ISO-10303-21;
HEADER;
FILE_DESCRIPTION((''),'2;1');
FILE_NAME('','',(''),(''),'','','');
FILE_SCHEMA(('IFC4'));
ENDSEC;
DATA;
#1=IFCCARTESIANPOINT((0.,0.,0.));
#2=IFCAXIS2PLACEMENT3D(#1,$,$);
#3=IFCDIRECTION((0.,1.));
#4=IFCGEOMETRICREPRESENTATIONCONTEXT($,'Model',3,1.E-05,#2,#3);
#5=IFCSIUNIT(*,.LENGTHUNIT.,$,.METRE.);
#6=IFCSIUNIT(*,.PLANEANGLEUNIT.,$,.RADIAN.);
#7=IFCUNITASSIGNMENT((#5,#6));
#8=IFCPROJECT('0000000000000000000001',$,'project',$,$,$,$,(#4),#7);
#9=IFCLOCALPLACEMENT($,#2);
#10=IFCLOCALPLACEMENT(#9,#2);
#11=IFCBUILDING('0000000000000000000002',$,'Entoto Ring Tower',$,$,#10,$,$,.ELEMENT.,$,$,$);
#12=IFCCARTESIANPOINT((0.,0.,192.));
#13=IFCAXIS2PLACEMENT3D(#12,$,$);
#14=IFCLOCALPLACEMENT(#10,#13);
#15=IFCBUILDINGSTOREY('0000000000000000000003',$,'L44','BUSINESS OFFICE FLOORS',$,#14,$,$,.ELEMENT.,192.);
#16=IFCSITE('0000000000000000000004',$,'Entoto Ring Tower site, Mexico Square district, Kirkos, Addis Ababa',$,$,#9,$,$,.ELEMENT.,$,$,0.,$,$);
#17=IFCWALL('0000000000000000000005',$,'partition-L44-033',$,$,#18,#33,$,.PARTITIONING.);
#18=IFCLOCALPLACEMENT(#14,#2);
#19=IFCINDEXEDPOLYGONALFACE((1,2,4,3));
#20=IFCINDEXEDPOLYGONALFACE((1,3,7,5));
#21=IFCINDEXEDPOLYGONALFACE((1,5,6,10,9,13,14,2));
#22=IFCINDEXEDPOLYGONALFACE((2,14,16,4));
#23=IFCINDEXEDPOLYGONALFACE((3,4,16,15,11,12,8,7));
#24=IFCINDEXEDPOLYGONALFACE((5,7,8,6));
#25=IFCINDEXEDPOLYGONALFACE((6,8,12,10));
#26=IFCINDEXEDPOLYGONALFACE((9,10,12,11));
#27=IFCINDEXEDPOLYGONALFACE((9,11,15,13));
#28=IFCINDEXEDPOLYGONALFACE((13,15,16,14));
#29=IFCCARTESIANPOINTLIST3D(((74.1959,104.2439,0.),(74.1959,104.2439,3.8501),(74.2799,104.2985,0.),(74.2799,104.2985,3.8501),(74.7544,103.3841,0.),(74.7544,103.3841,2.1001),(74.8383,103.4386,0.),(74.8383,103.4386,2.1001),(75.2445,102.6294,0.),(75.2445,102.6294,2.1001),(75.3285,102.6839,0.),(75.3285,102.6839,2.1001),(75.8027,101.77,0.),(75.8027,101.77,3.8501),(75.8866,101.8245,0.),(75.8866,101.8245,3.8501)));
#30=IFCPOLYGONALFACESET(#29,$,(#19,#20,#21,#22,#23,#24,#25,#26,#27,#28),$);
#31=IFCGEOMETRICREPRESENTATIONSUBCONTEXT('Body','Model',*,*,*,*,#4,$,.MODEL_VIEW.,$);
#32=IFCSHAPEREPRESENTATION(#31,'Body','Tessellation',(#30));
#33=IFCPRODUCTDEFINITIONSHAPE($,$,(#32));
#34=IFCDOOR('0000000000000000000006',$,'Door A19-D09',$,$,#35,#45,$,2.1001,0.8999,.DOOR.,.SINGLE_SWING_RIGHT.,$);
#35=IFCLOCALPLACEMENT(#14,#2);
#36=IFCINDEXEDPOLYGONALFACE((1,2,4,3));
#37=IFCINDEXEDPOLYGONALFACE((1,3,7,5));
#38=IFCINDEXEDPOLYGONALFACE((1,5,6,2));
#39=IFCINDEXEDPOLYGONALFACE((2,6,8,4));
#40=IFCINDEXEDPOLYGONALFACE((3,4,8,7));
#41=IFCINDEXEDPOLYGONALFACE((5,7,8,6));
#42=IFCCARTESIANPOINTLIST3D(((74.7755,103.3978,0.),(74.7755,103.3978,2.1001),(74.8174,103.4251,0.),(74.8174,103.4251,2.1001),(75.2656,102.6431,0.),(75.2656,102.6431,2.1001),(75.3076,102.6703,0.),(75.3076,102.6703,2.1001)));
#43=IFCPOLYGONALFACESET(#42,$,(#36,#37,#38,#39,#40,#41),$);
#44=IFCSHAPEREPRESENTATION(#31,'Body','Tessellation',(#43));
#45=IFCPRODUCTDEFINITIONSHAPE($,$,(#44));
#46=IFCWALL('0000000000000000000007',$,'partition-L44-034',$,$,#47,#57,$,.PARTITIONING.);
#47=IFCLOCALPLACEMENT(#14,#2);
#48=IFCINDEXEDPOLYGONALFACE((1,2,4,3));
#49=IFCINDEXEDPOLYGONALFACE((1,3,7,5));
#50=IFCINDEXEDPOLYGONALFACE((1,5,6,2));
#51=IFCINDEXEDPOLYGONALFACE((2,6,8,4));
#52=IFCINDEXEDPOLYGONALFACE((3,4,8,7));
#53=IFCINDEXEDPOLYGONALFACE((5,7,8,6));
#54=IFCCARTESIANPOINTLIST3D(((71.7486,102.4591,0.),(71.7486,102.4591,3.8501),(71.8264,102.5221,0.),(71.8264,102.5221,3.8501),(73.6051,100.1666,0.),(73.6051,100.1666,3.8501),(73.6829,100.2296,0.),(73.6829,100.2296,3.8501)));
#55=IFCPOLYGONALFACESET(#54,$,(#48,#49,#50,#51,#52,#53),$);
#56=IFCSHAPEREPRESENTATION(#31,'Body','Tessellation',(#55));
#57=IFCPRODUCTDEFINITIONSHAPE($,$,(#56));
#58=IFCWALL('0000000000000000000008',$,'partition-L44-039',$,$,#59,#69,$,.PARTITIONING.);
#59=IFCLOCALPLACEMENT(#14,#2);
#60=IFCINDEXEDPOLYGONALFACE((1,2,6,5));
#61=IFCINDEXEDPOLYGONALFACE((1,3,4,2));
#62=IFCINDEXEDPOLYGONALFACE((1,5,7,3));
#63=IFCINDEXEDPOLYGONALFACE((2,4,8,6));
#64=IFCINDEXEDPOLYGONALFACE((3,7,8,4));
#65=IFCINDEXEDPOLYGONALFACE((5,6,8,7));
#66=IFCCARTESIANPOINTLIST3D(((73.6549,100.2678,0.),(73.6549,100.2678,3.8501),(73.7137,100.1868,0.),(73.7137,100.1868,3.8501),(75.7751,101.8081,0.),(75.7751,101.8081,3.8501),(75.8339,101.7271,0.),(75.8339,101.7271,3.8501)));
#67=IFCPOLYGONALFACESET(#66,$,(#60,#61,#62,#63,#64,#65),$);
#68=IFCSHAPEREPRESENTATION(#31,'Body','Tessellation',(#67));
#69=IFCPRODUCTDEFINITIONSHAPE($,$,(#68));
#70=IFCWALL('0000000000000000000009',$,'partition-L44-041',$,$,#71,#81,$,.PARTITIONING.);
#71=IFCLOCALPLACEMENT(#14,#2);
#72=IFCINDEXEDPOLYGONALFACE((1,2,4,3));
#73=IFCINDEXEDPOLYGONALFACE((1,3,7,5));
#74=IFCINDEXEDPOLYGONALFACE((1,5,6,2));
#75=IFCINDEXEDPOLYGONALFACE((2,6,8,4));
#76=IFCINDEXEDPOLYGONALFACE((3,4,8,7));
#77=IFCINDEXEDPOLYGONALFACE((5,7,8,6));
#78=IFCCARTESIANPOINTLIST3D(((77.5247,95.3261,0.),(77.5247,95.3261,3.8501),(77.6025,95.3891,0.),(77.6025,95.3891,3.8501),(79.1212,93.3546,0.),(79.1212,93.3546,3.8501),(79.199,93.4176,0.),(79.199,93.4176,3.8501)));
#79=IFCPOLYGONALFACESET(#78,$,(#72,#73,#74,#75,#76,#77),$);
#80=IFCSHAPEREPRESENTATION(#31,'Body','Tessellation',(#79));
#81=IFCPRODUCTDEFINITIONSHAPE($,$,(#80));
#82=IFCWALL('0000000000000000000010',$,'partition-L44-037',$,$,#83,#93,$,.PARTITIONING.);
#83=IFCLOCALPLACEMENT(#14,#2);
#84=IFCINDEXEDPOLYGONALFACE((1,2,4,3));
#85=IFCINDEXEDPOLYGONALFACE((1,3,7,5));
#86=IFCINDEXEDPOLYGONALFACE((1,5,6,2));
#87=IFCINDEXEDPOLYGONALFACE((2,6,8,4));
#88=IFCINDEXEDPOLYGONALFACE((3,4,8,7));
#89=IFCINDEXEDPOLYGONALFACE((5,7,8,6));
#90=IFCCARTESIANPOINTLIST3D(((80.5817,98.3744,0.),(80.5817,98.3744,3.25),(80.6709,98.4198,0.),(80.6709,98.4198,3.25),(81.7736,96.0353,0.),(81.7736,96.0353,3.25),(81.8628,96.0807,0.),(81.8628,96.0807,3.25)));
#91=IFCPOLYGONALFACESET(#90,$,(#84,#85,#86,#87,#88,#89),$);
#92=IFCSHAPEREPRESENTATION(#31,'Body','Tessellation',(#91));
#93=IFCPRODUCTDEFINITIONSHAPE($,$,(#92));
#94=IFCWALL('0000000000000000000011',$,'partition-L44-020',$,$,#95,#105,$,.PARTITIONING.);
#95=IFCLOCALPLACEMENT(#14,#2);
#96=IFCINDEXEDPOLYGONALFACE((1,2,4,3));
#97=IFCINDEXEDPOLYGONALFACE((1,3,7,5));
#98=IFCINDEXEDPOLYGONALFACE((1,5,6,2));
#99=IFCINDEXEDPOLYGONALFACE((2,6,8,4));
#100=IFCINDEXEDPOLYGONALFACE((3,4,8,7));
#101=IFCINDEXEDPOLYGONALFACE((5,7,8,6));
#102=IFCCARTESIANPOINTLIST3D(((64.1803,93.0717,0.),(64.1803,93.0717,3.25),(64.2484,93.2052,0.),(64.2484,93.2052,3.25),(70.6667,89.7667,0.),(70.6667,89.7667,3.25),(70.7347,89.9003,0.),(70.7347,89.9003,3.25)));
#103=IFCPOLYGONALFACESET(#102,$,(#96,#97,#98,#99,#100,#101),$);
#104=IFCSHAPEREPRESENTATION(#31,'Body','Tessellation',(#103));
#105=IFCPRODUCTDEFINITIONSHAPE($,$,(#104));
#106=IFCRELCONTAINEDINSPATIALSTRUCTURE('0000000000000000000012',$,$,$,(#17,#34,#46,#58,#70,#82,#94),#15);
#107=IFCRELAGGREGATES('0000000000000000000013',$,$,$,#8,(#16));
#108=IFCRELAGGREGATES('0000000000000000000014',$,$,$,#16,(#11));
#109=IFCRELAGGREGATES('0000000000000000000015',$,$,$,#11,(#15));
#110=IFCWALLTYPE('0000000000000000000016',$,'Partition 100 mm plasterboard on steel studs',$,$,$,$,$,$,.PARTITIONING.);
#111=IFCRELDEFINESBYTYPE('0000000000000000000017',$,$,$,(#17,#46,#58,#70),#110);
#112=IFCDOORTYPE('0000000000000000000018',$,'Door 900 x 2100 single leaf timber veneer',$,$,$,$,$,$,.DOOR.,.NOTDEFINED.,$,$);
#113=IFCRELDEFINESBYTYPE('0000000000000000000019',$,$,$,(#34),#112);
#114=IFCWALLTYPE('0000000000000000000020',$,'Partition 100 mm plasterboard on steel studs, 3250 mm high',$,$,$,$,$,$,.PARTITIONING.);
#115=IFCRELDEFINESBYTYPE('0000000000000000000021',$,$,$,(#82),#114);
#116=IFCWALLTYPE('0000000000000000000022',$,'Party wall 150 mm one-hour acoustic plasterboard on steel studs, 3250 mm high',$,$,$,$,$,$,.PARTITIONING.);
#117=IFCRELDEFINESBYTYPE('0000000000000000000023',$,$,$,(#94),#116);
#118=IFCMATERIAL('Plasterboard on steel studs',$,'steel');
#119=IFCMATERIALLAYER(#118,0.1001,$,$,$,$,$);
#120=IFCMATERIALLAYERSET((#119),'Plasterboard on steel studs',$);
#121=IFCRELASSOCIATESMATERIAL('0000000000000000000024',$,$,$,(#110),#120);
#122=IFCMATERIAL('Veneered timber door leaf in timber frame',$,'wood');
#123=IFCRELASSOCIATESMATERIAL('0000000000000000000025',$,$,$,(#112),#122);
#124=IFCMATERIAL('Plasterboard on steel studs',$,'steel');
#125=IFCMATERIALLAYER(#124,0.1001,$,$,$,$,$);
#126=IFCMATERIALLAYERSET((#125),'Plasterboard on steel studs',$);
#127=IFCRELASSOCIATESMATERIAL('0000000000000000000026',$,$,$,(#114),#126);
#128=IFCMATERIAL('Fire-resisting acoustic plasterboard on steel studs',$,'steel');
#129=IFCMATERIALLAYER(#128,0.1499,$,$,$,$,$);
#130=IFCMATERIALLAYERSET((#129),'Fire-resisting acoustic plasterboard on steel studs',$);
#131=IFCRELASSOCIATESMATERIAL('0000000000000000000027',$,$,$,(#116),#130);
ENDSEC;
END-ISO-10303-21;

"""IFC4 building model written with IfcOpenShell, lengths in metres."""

from ifc_helpers import new_model, si_unit, direction, frame, frame_2d, origin, place, context, subcontext, project, spatial, rectangle, extrude, material, layer, layer_set, type_object, element, fill, save


model = new_model("IFC4")

# Units and contexts
model_context = context("Model", 3, precision=1e-05, world=origin(), true_north=direction((0.0, 1.0)))
body_context = subcontext(model_context, "Body", "Model", "MODEL_VIEW")
ifc_project = project(units=[si_unit("LENGTHUNIT", "METRE"), si_unit("PLANEANGLEUNIT", "RADIAN")], contexts=[model_context])

# Site, building, storey
site_placement = place(None, origin())
site = spatial("IfcSite", under=ifc_project, at=site_placement, Name="Entoto Ring Tower site, Mexico Square district, Kirkos, Addis Ababa", CompositionType="ELEMENT", RefElevation=0.0)
building_placement = place(site_placement, origin())
building = spatial("IfcBuilding", under=site, at=building_placement, Name="Entoto Ring Tower", CompositionType="ELEMENT")
storey_placement = place(building_placement, frame((0.0, 0.0, 192.0)))
storey = spatial("IfcBuildingStorey", under=building, at=storey_placement, Name="L44", Description="BUSINESS OFFICE FLOORS", CompositionType="ELEMENT", Elevation=192.0)

# Wall, opening, door
ifc_material_1 = material(Name="Plasterboard on steel studs", Category="steel")
ifc_layer_1 = layer(ifc_material_1, 0.1001)
ifc_layer_set_1 = layer_set([ifc_layer_1], Name="Plasterboard on steel studs")
wall_type_1 = type_object("IfcWallType", Name="Partition 100 mm plasterboard on steel studs", PredefinedType="PARTITIONING", material=ifc_layer_set_1)
ifc_material_2 = material(Name="Veneered timber door leaf in timber frame", Category="wood")
door_type_1 = type_object("IfcDoorType", Name="Door 900 x 2100 single leaf timber veneer", OperationType="NOTDEFINED", PredefinedType="DOOR", material=ifc_material_2)
wall_1_placement = place(storey_placement, frame((75.8447, 101.7971, 0.0), z_axis=(0.0, 0.0, 1.0), x_axis=(-0.544671, 0.83865, 0.0)))
wall_1 = element("IfcWall", 1, at=wall_1_placement, inside=storey, type_object=wall_type_1, Name="partition-L44-033", PredefinedType="PARTITIONING", context=body_context, shape_type="SweptSolid", body=[
    extrude(rectangle(XDim=2.95, YDim=0.1001, at=frame_2d((1.4751, 0.0))), origin(), (0.0, 0.0, 1.0), 3.8501),
])
opening_1_placement = place(wall_1_placement, frame((1.0249, 0.0, 0.0)))
opening_1 = element("IfcOpeningElement", 2, at=opening_1_placement, cuts=wall_1, PredefinedType="OPENING", context=body_context, shape_type="SweptSolid", body=[
    extrude(rectangle(XDim=0.8999, YDim=2.1001, at=frame_2d((0.45, 1.05))), frame((0.0, 0.0601, 0.0), z_axis=(0.0, -1.0, 0.0), x_axis=(1.0, 0.0, 0.0)), (0.0, 0.0, 1.0), 0.1201),
])
door_1_placement = place(opening_1_placement, origin())
door_1 = element("IfcDoor", 3, at=door_1_placement, inside=storey, type_object=door_type_1, Name="Door A19-D09", OperationType="SINGLE_SWING_RIGHT", OverallHeight=2.1001, OverallWidth=0.8999, PredefinedType="DOOR", context=body_context, shape_type="SweptSolid", body=[
    extrude(rectangle(XDim=0.8999, YDim=2.1001, at=frame_2d((0.45, 1.05))), frame((0.0, 0.0249, 0.0), z_axis=(0.0, -1.0, 0.0), x_axis=(1.0, 0.0, 0.0)), (0.0, 0.0, 1.0), 0.05),
])
fill(opening_1, door_1)

# Walls
wall_2_placement = place(storey_placement, frame((73.644, 100.198, 0.0), z_axis=(0.0, 0.0, 1.0), x_axis=(-0.629327, 0.777141, 0.0)))
element("IfcWall", 4, at=wall_2_placement, inside=storey, type_object=wall_type_1, Name="partition-L44-034", PredefinedType="PARTITIONING", context=body_context, shape_type="SweptSolid", body=[
    extrude(rectangle(XDim=2.95, YDim=0.1001, at=frame_2d((1.4751, 0.0))), origin(), (0.0, 0.0, 1.0), 3.8501),
])
wall_3_placement = place(storey_placement, frame((73.6843, 100.2273, 0.0), z_axis=(0.0, 0.0, 1.0), x_axis=(0.80903, 0.587767, 0.0)))
element("IfcWall", 5, at=wall_3_placement, inside=storey, type_object=wall_type_1, Name="partition-L44-039", PredefinedType="PARTITIONING", context=body_context, shape_type="SweptSolid", body=[
    extrude(rectangle(XDim=2.6206, YDim=0.1001, at=frame_2d((1.3103, 0.0))), origin(), (0.0, 0.0, 1.0), 3.8501),
])
wall_4_placement = place(storey_placement, frame((79.1602, 93.386, 0.0), z_axis=(0.0, 0.0, 1.0), x_axis=(-0.62932, 0.777146, 0.0)))
element("IfcWall", 6, at=wall_4_placement, inside=storey, type_object=wall_type_1, Name="partition-L44-041", PredefinedType="PARTITIONING", context=body_context, shape_type="SweptSolid", body=[
    extrude(rectangle(XDim=2.5369, YDim=0.1001, at=frame_2d((1.2686, 0.0))), origin(), (0.0, 0.0, 1.0), 3.8501),
])
ifc_material_3 = material(Name="Plasterboard on steel studs", Category="steel")
ifc_layer_2 = layer(ifc_material_3, 0.1001)
ifc_layer_set_2 = layer_set([ifc_layer_2], Name="Plasterboard on steel studs")
wall_type_2 = type_object("IfcWallType", Name="Partition 100 mm plasterboard on steel studs, 3250 mm high", PredefinedType="PARTITIONING", material=ifc_layer_set_2)
wall_5_placement = place(storey_placement, frame((81.8181, 96.0581, 0.0), z_axis=(0.0, 0.0, 1.0), x_axis=(-0.454008, 0.890998, 0.0)))
element("IfcWall", 7, at=wall_5_placement, inside=storey, type_object=wall_type_2, Name="partition-L44-037", PredefinedType="PARTITIONING", context=body_context, shape_type="SweptSolid", body=[
    extrude(rectangle(XDim=2.6252, YDim=0.1001, at=frame_2d((1.3125, 0.0))), origin(), (0.0, 0.0, 1.0), 3.25),
])
ifc_material_4 = material(Name="Fire-resisting acoustic plasterboard on steel studs", Category="steel")
ifc_layer_3 = layer(ifc_material_4, 0.1499)
ifc_layer_set_3 = layer_set([ifc_layer_3], Name="Fire-resisting acoustic plasterboard on steel studs")
wall_type_3 = type_object("IfcWallType", Name="Party wall 150 mm one-hour acoustic plasterboard on steel studs, 3250 mm high", PredefinedType="PARTITIONING", material=ifc_layer_set_3)
wall_6_placement = place(storey_placement, frame((70.7007, 89.8335, 0.0), z_axis=(0.0, 0.0, 1.0), x_axis=(-0.891008, 0.453989, 0.0)))
element("IfcWall", 8, at=wall_6_placement, inside=storey, type_object=wall_type_3, Name="partition-L44-020", PredefinedType="PARTITIONING", context=body_context, shape_type="SweptSolid", body=[
    extrude(rectangle(XDim=7.2798, YDim=0.1499, at=frame_2d((3.6399, 0.0))), origin(), (0.0, 0.0, 1.0), 3.25),
])

save(model, "model.ifc")
